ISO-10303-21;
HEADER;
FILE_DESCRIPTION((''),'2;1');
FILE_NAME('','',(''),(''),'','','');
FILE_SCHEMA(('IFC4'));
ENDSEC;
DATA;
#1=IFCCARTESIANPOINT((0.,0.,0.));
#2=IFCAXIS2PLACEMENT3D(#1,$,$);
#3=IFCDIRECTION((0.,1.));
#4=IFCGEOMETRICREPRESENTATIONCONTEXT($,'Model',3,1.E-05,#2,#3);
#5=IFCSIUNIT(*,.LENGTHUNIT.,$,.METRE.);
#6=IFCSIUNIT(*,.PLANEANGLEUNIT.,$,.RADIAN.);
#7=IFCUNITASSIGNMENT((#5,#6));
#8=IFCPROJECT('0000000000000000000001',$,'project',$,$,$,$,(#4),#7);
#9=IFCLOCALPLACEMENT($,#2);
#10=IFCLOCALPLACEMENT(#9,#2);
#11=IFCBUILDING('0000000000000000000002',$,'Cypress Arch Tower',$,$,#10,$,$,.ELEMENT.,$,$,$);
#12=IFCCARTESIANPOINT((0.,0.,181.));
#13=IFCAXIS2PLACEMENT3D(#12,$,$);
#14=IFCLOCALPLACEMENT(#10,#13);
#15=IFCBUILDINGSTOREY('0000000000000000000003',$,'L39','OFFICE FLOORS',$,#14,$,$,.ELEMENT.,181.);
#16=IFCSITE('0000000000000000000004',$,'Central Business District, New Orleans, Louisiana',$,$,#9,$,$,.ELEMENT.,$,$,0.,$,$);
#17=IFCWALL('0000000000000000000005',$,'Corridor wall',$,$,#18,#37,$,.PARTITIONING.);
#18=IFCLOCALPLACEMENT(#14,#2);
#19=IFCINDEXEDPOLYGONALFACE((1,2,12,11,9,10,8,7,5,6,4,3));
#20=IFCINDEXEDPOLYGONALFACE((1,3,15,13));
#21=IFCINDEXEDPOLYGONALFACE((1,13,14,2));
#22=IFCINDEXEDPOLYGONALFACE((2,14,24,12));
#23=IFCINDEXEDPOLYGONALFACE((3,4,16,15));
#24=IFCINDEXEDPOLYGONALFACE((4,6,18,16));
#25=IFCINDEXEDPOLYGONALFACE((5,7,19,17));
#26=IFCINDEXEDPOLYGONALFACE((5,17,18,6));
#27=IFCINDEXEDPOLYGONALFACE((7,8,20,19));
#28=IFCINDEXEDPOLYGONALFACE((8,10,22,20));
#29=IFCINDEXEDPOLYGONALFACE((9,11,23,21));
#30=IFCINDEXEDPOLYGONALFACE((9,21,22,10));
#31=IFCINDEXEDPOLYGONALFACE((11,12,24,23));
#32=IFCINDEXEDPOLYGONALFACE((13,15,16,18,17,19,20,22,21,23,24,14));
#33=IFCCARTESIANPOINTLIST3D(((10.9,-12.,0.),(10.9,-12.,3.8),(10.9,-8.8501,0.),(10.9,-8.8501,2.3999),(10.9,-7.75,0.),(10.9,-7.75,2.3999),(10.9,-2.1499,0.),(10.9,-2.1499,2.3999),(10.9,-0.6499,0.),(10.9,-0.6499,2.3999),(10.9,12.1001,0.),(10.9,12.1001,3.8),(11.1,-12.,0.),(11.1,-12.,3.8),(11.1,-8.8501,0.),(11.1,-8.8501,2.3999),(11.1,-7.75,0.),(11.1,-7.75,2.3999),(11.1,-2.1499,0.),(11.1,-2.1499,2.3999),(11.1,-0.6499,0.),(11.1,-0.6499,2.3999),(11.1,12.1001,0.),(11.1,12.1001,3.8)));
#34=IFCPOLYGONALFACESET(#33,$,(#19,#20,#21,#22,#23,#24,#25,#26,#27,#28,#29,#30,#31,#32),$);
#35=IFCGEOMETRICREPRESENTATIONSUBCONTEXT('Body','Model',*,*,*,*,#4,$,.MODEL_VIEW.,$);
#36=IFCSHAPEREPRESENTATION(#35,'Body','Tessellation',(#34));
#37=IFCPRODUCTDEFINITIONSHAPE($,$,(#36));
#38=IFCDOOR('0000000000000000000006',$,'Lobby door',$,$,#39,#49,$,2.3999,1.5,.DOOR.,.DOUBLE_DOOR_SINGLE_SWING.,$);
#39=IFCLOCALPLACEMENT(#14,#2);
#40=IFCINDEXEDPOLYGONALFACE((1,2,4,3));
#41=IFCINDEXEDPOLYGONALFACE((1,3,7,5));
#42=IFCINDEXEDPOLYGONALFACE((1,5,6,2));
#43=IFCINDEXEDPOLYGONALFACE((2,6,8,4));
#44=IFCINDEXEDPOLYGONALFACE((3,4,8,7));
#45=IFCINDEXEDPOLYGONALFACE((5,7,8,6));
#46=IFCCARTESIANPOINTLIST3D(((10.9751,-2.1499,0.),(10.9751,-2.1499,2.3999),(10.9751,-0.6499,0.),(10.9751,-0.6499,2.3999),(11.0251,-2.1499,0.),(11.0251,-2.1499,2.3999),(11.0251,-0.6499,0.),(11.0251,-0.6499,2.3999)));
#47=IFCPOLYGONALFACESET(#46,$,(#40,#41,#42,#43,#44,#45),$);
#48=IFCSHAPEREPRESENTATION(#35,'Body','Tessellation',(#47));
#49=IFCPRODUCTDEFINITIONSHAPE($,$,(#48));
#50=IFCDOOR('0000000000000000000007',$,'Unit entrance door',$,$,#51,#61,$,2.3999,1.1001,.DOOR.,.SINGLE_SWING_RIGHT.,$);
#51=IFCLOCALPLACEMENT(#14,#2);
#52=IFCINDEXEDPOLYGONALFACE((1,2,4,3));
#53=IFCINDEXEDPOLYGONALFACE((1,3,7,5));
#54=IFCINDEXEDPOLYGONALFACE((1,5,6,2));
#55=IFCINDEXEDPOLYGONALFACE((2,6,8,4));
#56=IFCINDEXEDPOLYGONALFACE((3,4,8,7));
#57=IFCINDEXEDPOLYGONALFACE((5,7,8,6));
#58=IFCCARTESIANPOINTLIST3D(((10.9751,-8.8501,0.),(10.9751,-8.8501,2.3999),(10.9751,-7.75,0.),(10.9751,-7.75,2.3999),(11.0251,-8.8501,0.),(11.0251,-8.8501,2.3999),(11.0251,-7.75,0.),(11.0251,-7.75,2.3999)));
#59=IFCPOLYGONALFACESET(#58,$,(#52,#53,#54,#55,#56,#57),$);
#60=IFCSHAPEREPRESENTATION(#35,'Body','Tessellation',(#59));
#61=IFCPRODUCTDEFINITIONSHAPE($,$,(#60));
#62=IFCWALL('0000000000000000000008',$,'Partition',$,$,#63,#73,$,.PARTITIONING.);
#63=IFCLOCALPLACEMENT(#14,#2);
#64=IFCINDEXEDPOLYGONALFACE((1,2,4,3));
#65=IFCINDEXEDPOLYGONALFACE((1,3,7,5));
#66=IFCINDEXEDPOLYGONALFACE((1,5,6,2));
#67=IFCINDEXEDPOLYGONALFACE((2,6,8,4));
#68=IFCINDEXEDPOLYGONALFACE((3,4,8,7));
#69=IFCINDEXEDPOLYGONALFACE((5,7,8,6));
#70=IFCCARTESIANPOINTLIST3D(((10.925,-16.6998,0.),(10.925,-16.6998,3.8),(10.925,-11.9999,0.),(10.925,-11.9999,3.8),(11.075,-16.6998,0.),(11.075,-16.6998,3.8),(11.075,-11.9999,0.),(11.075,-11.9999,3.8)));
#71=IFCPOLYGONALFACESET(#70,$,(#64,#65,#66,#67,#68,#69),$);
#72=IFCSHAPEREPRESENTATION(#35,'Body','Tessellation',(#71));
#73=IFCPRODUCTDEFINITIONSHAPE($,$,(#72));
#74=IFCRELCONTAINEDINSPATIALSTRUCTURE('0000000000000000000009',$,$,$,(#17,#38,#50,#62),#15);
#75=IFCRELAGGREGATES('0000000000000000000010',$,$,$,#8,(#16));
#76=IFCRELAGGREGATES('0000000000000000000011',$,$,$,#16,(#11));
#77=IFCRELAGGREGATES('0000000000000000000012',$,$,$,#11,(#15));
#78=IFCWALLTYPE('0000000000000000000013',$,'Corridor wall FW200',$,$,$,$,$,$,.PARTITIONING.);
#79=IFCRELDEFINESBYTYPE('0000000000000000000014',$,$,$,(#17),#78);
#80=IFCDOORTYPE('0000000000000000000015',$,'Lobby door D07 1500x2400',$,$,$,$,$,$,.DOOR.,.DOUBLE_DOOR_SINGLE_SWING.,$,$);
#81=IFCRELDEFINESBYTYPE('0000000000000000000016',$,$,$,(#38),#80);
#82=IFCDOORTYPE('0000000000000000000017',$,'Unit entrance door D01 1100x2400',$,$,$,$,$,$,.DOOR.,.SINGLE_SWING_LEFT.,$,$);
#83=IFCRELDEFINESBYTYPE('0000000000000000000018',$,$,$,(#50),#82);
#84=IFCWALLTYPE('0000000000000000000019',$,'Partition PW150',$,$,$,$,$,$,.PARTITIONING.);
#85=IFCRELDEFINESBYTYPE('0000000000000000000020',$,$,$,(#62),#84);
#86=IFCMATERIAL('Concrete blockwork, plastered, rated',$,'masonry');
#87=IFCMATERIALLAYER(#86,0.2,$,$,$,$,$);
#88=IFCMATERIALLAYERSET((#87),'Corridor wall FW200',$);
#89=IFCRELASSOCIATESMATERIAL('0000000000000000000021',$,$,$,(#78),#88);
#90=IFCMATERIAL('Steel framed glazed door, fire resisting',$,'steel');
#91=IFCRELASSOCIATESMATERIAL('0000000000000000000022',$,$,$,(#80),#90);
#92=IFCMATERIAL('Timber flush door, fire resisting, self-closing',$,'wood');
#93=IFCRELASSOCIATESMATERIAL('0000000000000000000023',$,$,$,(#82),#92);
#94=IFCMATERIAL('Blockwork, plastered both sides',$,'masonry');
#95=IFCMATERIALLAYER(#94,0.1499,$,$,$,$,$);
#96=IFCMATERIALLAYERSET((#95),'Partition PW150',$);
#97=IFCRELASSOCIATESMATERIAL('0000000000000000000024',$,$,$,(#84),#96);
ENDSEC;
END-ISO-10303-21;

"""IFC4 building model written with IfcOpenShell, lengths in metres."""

from ifc_helpers import new_model, si_unit, direction, frame, frame_2d, origin, place, context, subcontext, project, spatial, rectangle, extrude, material, layer, layer_set, type_object, element, fill, save


model = new_model("IFC4")

# Units and contexts
model_context = context("Model", 3, precision=1e-05, world=origin(), true_north=direction((0.0, 1.0)))
body_context = subcontext(model_context, "Body", "Model", "MODEL_VIEW")
ifc_project = project(units=[si_unit("LENGTHUNIT", "METRE"), si_unit("PLANEANGLEUNIT", "RADIAN")], contexts=[model_context])

# Site, building, storey
site_placement = place(None, origin())
site = spatial("IfcSite", under=ifc_project, at=site_placement, Name="Central Business District, New Orleans, Louisiana", CompositionType="ELEMENT", RefElevation=0.0)
building_placement = place(site_placement, origin())
building = spatial("IfcBuilding", under=site, at=building_placement, Name="Cypress Arch Tower", CompositionType="ELEMENT")
storey_placement = place(building_placement, frame((0.0, 0.0, 181.0)))
storey = spatial("IfcBuildingStorey", under=building, at=storey_placement, Name="L39", Description="OFFICE FLOORS", CompositionType="ELEMENT", Elevation=181.0)

# Wall, openings, doors
ifc_material_1 = material(Name="Concrete blockwork, plastered, rated", Category="masonry")
ifc_layer_1 = layer(ifc_material_1, 0.2)
ifc_layer_set_1 = layer_set([ifc_layer_1], Name="Corridor wall FW200")
wall_type_1 = type_object("IfcWallType", Name="Corridor wall FW200", PredefinedType="PARTITIONING", material=ifc_layer_set_1)
wall_1_placement = place(storey_placement, frame((11.0, -12.0, 0.0), z_axis=(0.0, 0.0, 1.0), x_axis=(0.0, 1.0, 0.0)))
wall_1 = element("IfcWall", 1, at=wall_1_placement, inside=storey, type_object=wall_type_1, Name="Corridor wall", PredefinedType="PARTITIONING", context=body_context, shape_type="SweptSolid", body=[
    extrude(rectangle(XDim=24.1001, YDim=0.2, at=frame_2d((12.05, 0.0))), origin(), (0.0, 0.0, 1.0), 3.8),
])
opening_1_placement = place(wall_1_placement, frame((9.8501, 0.0, 0.0)))
opening_1 = element("IfcOpeningElement", 2, at=opening_1_placement, cuts=wall_1, PredefinedType="OPENING", context=body_context, shape_type="SweptSolid", body=[
    extrude(rectangle(XDim=1.5, YDim=2.3999, at=frame_2d((0.75, 1.2))), frame((0.0, 0.1099, 0.0), z_axis=(0.0, -1.0, 0.0), x_axis=(1.0, 0.0, 0.0)), (0.0, 0.0, 1.0), 0.22),
])
opening_2_placement = place(wall_1_placement, frame((3.1499, 0.0, 0.0)))
opening_2 = element("IfcOpeningElement", 3, at=opening_2_placement, cuts=wall_1, PredefinedType="OPENING", context=body_context, shape_type="SweptSolid", body=[
    extrude(rectangle(XDim=1.1001, YDim=2.3999, at=frame_2d((0.55, 1.2))), frame((0.0, 0.1099, 0.0), z_axis=(0.0, -1.0, 0.0), x_axis=(1.0, 0.0, 0.0)), (0.0, 0.0, 1.0), 0.22),
])
ifc_material_2 = material(Name="Steel framed glazed door, fire resisting", Category="steel")
door_type_1 = type_object("IfcDoorType", Name="Lobby door D07 1500x2400", OperationType="DOUBLE_DOOR_SINGLE_SWING", PredefinedType="DOOR", material=ifc_material_2)
door_1_placement = place(opening_1_placement, origin())
door_1 = element("IfcDoor", 4, at=door_1_placement, inside=storey, type_object=door_type_1, Name="Lobby door", OperationType="DOUBLE_DOOR_SINGLE_SWING", OverallHeight=2.3999, OverallWidth=1.5, PredefinedType="DOOR", context=body_context, shape_type="SweptSolid", body=[
    extrude(rectangle(XDim=1.5, YDim=2.3999, at=frame_2d((0.75, 1.2))), frame((0.0, 0.0249, 0.0), z_axis=(0.0, -1.0, 0.0), x_axis=(1.0, 0.0, 0.0)), (0.0, 0.0, 1.0), 0.05),
])
fill(opening_1, door_1)
ifc_material_3 = material(Name="Timber flush door, fire resisting, self-closing", Category="wood")
door_type_2 = type_object("IfcDoorType", Name="Unit entrance door D01 1100x2400", OperationType="SINGLE_SWING_LEFT", PredefinedType="DOOR", material=ifc_material_3)
door_2_placement = place(opening_2_placement, origin())
door_2 = element("IfcDoor", 5, at=door_2_placement, inside=storey, type_object=door_type_2, Name="Unit entrance door", OperationType="SINGLE_SWING_RIGHT", OverallHeight=2.3999, OverallWidth=1.1001, PredefinedType="DOOR", context=body_context, shape_type="SweptSolid", body=[
    extrude(rectangle(XDim=1.1001, YDim=2.3999, at=frame_2d((0.55, 1.2))), frame((0.0, 0.0249, 0.0), z_axis=(0.0, -1.0, 0.0), x_axis=(1.0, 0.0, 0.0)), (0.0, 0.0, 1.0), 0.05),
])
fill(opening_2, door_2)

# Wall
ifc_material_4 = material(Name="Blockwork, plastered both sides", Category="masonry")
ifc_layer_2 = layer(ifc_material_4, 0.1499)
ifc_layer_set_2 = layer_set([ifc_layer_2], Name="Partition PW150")
wall_type_2 = type_object("IfcWallType", Name="Partition PW150", PredefinedType="PARTITIONING", material=ifc_layer_set_2)
wall_2_placement = place(storey_placement, frame((11.0, -16.7, 0.0), z_axis=(0.0, 0.0, 1.0), x_axis=(0.0, 1.0, 0.0)))
element("IfcWall", 6, at=wall_2_placement, inside=storey, type_object=wall_type_2, Name="Partition", PredefinedType="PARTITIONING", context=body_context, shape_type="SweptSolid", body=[
    extrude(rectangle(XDim=4.7, YDim=0.1499, at=frame_2d((2.3501, 0.0))), origin(), (0.0, 0.0, 1.0), 3.8),
])

save(model, "model.ifc")
